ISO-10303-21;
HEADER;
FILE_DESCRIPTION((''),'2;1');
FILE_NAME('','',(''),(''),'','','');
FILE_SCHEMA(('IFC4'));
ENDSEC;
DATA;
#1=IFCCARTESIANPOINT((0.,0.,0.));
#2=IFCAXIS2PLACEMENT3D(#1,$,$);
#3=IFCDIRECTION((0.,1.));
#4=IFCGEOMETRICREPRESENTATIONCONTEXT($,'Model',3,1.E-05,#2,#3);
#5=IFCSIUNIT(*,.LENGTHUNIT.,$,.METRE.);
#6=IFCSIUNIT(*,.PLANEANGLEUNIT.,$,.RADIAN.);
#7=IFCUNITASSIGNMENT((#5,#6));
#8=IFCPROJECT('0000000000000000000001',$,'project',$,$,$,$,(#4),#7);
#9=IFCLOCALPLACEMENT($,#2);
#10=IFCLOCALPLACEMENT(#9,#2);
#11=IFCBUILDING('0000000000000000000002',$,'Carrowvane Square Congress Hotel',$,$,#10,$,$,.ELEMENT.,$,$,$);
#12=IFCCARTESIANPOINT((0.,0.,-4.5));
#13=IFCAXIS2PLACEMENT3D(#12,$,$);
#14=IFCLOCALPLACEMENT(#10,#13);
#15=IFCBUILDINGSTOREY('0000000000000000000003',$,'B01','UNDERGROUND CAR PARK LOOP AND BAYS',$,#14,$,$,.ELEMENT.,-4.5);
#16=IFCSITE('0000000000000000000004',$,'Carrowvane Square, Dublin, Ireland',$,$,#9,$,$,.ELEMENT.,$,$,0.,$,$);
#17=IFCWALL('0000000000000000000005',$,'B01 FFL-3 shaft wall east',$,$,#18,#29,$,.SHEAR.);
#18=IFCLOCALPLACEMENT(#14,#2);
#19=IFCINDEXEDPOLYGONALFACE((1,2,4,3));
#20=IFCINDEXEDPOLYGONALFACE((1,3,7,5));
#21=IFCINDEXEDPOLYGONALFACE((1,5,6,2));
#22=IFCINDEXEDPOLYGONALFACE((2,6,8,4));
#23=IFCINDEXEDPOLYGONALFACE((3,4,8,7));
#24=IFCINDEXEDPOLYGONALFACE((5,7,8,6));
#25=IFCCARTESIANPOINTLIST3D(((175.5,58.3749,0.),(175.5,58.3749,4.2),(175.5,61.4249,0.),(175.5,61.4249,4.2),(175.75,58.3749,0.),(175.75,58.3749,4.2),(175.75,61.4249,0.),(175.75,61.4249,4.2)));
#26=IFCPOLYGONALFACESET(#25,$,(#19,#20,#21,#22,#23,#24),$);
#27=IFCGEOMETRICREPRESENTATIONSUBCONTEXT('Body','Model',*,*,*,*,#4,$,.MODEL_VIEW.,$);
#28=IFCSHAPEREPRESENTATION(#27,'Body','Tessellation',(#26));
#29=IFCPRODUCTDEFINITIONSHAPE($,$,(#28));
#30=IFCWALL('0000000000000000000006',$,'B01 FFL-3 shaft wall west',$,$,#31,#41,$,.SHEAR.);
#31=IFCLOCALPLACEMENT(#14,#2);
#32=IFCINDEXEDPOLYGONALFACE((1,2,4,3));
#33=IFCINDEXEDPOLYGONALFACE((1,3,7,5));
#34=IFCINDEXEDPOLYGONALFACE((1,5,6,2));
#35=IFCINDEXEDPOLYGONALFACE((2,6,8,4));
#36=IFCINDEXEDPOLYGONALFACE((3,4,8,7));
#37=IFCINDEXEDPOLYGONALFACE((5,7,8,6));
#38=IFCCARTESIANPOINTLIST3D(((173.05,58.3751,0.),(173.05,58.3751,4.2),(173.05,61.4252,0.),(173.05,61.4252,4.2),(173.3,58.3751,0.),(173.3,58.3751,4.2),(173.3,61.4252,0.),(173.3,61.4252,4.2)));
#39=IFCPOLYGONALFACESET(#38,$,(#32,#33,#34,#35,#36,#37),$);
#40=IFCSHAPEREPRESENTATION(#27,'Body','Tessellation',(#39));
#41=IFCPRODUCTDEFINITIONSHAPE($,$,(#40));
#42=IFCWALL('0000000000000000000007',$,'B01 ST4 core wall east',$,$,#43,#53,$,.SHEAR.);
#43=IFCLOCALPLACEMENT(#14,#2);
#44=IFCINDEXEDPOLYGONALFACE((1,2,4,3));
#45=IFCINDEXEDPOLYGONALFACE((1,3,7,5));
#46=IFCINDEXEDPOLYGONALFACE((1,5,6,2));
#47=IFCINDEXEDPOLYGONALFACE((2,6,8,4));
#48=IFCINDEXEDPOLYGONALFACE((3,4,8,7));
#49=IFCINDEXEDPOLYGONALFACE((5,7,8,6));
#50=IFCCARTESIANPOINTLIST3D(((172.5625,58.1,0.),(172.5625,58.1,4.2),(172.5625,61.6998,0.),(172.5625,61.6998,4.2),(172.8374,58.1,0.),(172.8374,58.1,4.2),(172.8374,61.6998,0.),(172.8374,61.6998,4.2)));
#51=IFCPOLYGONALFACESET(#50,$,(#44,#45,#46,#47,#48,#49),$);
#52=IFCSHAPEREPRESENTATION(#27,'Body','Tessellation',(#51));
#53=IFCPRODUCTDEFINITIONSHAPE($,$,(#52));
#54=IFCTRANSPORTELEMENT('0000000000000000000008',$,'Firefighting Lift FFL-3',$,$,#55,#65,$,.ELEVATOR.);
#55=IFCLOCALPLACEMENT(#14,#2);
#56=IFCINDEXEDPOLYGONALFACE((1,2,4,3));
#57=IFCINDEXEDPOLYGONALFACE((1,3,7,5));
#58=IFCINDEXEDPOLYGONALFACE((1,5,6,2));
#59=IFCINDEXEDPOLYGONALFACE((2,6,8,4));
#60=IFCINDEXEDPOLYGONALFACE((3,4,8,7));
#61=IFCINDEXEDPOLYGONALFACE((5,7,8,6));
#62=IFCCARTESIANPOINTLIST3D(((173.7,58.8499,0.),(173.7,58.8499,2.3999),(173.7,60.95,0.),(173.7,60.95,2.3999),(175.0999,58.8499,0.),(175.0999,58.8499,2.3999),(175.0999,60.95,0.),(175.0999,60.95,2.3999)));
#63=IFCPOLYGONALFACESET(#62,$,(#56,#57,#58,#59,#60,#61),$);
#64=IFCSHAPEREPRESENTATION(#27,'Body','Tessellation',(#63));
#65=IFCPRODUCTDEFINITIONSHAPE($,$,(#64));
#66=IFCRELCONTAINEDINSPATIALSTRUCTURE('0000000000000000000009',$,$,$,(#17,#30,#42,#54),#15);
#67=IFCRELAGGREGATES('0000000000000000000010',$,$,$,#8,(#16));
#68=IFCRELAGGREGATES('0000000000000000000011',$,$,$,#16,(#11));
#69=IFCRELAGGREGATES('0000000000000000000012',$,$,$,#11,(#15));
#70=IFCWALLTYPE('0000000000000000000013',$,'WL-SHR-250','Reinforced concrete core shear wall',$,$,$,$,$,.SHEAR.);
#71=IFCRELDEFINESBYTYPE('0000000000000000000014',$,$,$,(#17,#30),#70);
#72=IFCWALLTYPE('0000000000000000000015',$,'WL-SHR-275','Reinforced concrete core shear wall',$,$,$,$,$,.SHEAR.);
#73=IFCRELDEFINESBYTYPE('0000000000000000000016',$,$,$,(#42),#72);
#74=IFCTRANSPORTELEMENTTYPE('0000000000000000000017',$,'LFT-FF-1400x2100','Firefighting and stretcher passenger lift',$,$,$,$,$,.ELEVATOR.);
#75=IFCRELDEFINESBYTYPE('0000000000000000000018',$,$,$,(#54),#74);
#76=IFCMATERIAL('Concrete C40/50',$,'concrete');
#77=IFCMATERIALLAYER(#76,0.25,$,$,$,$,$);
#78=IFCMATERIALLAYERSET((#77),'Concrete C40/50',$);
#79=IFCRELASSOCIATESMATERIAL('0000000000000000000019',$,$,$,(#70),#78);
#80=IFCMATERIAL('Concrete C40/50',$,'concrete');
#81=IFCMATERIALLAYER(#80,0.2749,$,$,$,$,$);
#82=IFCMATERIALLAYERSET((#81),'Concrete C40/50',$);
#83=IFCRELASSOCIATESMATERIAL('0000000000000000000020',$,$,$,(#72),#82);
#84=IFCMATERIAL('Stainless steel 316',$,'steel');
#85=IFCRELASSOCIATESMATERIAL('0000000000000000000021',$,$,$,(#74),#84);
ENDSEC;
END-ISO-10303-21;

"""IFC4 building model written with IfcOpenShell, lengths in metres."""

from ifc_helpers import new_model, si_unit, direction, frame, frame_2d, origin, origin_2d, place, context, subcontext, project, spatial, rectangle, extrude, material, layer, layer_set, type_object, element, save


model = new_model("IFC4")

# Units and contexts
model_context = context("Model", 3, precision=1e-05, world=origin(), true_north=direction((0.0, 1.0)))
body_context = subcontext(model_context, "Body", "Model", "MODEL_VIEW")
ifc_project = project(units=[si_unit("LENGTHUNIT", "METRE"), si_unit("PLANEANGLEUNIT", "RADIAN")], contexts=[model_context])

# Site, building, storey
site_placement = place(None, origin())
site = spatial("IfcSite", under=ifc_project, at=site_placement, Name="Carrowvane Square, Dublin, Ireland", CompositionType="ELEMENT", RefElevation=0.0)
building_placement = place(site_placement, origin())
building = spatial("IfcBuilding", under=site, at=building_placement, Name="Carrowvane Square Congress Hotel", CompositionType="ELEMENT")
storey_placement = place(building_placement, frame((0.0, 0.0, -4.5)))
storey = spatial("IfcBuildingStorey", under=building, at=storey_placement, Name="B01", Description="UNDERGROUND CAR PARK LOOP AND BAYS", CompositionType="ELEMENT", Elevation=-4.5)

# Shared definitions
ifc_material_1 = material(Name="Concrete C40/50", Category="concrete")
ifc_layer_1 = layer(ifc_material_1, 0.25)
ifc_layer_set_1 = layer_set([ifc_layer_1], Name="Concrete C40/50")
wall_type_1 = type_object("IfcWallType", Name="WL-SHR-250", Description="Reinforced concrete core shear wall", PredefinedType="SHEAR", material=ifc_layer_set_1)

# Wall
wall_1_placement = place(storey_placement, frame((175.625, 58.375, 0.0), z_axis=(0.0, 0.0, 1.0), x_axis=(0.0, 1.0, 0.0)))
element("IfcWall", 1, at=wall_1_placement, inside=storey, type_object=wall_type_1, Name="B01 FFL-3 shaft wall east", PredefinedType="SHEAR", context=body_context, shape_type="SweptSolid", body=[
    extrude(rectangle(XDim=3.05, YDim=0.25, at=frame_2d((1.5249, 0.0))), origin(), (0.0, 0.0, 1.0), 4.2),
])

# Walls
wall_2_placement = place(storey_placement, frame((173.175, 61.425, 0.0), z_axis=(0.0, 0.0, 1.0), x_axis=(0.0, -1.0, 0.0)))
element("IfcWall", 2, at=wall_2_placement, inside=storey, type_object=wall_type_1, Name="B01 FFL-3 shaft wall west", PredefinedType="SHEAR", context=body_context, shape_type="SweptSolid", body=[
    extrude(rectangle(XDim=3.05, YDim=0.25, at=frame_2d((1.5249, 0.0))), origin(), (0.0, 0.0, 1.0), 4.2),
])
ifc_material_2 = material(Name="Concrete C40/50", Category="concrete")
ifc_layer_2 = layer(ifc_material_2, 0.2749)
ifc_layer_set_2 = layer_set([ifc_layer_2], Name="Concrete C40/50")
wall_type_2 = type_object("IfcWallType", Name="WL-SHR-275", Description="Reinforced concrete core shear wall", PredefinedType="SHEAR", material=ifc_layer_set_2)
wall_3_placement = place(storey_placement, frame((172.7, 58.1001, 0.0), z_axis=(0.0, 0.0, 1.0), x_axis=(0.0, 1.0, 0.0)))
element("IfcWall", 3, at=wall_3_placement, inside=storey, type_object=wall_type_2, Name="B01 ST4 core wall east", PredefinedType="SHEAR", context=body_context, shape_type="SweptSolid", body=[
    extrude(rectangle(XDim=3.5999, YDim=0.2749, at=frame_2d((1.7998, 0.0))), origin(), (0.0, 0.0, 1.0), 4.2),
])

# Transport element
ifc_material_3 = material(Name="Stainless steel 316", Category="steel")
transport_element_type = type_object("IfcTransportElementType", Name="LFT-FF-1400x2100", Description="Firefighting and stretcher passenger lift", PredefinedType="ELEVATOR", material=ifc_material_3)
transport_element_placement = place(storey_placement, frame((174.3999, 59.8999, 0.0), z_axis=(0.0, 0.0, 1.0), x_axis=(1.0, 0.0, 0.0)))
element("IfcTransportElement", 4, at=transport_element_placement, inside=storey, type_object=transport_element_type, Name="Firefighting Lift FFL-3", PredefinedType="ELEVATOR", context=body_context, shape_type="SweptSolid", body=[
    extrude(rectangle(XDim=1.3999, YDim=2.1001, at=origin_2d()), origin(), (0.0, 0.0, 1.0), 2.3999),
])

save(model, "model.ifc")
